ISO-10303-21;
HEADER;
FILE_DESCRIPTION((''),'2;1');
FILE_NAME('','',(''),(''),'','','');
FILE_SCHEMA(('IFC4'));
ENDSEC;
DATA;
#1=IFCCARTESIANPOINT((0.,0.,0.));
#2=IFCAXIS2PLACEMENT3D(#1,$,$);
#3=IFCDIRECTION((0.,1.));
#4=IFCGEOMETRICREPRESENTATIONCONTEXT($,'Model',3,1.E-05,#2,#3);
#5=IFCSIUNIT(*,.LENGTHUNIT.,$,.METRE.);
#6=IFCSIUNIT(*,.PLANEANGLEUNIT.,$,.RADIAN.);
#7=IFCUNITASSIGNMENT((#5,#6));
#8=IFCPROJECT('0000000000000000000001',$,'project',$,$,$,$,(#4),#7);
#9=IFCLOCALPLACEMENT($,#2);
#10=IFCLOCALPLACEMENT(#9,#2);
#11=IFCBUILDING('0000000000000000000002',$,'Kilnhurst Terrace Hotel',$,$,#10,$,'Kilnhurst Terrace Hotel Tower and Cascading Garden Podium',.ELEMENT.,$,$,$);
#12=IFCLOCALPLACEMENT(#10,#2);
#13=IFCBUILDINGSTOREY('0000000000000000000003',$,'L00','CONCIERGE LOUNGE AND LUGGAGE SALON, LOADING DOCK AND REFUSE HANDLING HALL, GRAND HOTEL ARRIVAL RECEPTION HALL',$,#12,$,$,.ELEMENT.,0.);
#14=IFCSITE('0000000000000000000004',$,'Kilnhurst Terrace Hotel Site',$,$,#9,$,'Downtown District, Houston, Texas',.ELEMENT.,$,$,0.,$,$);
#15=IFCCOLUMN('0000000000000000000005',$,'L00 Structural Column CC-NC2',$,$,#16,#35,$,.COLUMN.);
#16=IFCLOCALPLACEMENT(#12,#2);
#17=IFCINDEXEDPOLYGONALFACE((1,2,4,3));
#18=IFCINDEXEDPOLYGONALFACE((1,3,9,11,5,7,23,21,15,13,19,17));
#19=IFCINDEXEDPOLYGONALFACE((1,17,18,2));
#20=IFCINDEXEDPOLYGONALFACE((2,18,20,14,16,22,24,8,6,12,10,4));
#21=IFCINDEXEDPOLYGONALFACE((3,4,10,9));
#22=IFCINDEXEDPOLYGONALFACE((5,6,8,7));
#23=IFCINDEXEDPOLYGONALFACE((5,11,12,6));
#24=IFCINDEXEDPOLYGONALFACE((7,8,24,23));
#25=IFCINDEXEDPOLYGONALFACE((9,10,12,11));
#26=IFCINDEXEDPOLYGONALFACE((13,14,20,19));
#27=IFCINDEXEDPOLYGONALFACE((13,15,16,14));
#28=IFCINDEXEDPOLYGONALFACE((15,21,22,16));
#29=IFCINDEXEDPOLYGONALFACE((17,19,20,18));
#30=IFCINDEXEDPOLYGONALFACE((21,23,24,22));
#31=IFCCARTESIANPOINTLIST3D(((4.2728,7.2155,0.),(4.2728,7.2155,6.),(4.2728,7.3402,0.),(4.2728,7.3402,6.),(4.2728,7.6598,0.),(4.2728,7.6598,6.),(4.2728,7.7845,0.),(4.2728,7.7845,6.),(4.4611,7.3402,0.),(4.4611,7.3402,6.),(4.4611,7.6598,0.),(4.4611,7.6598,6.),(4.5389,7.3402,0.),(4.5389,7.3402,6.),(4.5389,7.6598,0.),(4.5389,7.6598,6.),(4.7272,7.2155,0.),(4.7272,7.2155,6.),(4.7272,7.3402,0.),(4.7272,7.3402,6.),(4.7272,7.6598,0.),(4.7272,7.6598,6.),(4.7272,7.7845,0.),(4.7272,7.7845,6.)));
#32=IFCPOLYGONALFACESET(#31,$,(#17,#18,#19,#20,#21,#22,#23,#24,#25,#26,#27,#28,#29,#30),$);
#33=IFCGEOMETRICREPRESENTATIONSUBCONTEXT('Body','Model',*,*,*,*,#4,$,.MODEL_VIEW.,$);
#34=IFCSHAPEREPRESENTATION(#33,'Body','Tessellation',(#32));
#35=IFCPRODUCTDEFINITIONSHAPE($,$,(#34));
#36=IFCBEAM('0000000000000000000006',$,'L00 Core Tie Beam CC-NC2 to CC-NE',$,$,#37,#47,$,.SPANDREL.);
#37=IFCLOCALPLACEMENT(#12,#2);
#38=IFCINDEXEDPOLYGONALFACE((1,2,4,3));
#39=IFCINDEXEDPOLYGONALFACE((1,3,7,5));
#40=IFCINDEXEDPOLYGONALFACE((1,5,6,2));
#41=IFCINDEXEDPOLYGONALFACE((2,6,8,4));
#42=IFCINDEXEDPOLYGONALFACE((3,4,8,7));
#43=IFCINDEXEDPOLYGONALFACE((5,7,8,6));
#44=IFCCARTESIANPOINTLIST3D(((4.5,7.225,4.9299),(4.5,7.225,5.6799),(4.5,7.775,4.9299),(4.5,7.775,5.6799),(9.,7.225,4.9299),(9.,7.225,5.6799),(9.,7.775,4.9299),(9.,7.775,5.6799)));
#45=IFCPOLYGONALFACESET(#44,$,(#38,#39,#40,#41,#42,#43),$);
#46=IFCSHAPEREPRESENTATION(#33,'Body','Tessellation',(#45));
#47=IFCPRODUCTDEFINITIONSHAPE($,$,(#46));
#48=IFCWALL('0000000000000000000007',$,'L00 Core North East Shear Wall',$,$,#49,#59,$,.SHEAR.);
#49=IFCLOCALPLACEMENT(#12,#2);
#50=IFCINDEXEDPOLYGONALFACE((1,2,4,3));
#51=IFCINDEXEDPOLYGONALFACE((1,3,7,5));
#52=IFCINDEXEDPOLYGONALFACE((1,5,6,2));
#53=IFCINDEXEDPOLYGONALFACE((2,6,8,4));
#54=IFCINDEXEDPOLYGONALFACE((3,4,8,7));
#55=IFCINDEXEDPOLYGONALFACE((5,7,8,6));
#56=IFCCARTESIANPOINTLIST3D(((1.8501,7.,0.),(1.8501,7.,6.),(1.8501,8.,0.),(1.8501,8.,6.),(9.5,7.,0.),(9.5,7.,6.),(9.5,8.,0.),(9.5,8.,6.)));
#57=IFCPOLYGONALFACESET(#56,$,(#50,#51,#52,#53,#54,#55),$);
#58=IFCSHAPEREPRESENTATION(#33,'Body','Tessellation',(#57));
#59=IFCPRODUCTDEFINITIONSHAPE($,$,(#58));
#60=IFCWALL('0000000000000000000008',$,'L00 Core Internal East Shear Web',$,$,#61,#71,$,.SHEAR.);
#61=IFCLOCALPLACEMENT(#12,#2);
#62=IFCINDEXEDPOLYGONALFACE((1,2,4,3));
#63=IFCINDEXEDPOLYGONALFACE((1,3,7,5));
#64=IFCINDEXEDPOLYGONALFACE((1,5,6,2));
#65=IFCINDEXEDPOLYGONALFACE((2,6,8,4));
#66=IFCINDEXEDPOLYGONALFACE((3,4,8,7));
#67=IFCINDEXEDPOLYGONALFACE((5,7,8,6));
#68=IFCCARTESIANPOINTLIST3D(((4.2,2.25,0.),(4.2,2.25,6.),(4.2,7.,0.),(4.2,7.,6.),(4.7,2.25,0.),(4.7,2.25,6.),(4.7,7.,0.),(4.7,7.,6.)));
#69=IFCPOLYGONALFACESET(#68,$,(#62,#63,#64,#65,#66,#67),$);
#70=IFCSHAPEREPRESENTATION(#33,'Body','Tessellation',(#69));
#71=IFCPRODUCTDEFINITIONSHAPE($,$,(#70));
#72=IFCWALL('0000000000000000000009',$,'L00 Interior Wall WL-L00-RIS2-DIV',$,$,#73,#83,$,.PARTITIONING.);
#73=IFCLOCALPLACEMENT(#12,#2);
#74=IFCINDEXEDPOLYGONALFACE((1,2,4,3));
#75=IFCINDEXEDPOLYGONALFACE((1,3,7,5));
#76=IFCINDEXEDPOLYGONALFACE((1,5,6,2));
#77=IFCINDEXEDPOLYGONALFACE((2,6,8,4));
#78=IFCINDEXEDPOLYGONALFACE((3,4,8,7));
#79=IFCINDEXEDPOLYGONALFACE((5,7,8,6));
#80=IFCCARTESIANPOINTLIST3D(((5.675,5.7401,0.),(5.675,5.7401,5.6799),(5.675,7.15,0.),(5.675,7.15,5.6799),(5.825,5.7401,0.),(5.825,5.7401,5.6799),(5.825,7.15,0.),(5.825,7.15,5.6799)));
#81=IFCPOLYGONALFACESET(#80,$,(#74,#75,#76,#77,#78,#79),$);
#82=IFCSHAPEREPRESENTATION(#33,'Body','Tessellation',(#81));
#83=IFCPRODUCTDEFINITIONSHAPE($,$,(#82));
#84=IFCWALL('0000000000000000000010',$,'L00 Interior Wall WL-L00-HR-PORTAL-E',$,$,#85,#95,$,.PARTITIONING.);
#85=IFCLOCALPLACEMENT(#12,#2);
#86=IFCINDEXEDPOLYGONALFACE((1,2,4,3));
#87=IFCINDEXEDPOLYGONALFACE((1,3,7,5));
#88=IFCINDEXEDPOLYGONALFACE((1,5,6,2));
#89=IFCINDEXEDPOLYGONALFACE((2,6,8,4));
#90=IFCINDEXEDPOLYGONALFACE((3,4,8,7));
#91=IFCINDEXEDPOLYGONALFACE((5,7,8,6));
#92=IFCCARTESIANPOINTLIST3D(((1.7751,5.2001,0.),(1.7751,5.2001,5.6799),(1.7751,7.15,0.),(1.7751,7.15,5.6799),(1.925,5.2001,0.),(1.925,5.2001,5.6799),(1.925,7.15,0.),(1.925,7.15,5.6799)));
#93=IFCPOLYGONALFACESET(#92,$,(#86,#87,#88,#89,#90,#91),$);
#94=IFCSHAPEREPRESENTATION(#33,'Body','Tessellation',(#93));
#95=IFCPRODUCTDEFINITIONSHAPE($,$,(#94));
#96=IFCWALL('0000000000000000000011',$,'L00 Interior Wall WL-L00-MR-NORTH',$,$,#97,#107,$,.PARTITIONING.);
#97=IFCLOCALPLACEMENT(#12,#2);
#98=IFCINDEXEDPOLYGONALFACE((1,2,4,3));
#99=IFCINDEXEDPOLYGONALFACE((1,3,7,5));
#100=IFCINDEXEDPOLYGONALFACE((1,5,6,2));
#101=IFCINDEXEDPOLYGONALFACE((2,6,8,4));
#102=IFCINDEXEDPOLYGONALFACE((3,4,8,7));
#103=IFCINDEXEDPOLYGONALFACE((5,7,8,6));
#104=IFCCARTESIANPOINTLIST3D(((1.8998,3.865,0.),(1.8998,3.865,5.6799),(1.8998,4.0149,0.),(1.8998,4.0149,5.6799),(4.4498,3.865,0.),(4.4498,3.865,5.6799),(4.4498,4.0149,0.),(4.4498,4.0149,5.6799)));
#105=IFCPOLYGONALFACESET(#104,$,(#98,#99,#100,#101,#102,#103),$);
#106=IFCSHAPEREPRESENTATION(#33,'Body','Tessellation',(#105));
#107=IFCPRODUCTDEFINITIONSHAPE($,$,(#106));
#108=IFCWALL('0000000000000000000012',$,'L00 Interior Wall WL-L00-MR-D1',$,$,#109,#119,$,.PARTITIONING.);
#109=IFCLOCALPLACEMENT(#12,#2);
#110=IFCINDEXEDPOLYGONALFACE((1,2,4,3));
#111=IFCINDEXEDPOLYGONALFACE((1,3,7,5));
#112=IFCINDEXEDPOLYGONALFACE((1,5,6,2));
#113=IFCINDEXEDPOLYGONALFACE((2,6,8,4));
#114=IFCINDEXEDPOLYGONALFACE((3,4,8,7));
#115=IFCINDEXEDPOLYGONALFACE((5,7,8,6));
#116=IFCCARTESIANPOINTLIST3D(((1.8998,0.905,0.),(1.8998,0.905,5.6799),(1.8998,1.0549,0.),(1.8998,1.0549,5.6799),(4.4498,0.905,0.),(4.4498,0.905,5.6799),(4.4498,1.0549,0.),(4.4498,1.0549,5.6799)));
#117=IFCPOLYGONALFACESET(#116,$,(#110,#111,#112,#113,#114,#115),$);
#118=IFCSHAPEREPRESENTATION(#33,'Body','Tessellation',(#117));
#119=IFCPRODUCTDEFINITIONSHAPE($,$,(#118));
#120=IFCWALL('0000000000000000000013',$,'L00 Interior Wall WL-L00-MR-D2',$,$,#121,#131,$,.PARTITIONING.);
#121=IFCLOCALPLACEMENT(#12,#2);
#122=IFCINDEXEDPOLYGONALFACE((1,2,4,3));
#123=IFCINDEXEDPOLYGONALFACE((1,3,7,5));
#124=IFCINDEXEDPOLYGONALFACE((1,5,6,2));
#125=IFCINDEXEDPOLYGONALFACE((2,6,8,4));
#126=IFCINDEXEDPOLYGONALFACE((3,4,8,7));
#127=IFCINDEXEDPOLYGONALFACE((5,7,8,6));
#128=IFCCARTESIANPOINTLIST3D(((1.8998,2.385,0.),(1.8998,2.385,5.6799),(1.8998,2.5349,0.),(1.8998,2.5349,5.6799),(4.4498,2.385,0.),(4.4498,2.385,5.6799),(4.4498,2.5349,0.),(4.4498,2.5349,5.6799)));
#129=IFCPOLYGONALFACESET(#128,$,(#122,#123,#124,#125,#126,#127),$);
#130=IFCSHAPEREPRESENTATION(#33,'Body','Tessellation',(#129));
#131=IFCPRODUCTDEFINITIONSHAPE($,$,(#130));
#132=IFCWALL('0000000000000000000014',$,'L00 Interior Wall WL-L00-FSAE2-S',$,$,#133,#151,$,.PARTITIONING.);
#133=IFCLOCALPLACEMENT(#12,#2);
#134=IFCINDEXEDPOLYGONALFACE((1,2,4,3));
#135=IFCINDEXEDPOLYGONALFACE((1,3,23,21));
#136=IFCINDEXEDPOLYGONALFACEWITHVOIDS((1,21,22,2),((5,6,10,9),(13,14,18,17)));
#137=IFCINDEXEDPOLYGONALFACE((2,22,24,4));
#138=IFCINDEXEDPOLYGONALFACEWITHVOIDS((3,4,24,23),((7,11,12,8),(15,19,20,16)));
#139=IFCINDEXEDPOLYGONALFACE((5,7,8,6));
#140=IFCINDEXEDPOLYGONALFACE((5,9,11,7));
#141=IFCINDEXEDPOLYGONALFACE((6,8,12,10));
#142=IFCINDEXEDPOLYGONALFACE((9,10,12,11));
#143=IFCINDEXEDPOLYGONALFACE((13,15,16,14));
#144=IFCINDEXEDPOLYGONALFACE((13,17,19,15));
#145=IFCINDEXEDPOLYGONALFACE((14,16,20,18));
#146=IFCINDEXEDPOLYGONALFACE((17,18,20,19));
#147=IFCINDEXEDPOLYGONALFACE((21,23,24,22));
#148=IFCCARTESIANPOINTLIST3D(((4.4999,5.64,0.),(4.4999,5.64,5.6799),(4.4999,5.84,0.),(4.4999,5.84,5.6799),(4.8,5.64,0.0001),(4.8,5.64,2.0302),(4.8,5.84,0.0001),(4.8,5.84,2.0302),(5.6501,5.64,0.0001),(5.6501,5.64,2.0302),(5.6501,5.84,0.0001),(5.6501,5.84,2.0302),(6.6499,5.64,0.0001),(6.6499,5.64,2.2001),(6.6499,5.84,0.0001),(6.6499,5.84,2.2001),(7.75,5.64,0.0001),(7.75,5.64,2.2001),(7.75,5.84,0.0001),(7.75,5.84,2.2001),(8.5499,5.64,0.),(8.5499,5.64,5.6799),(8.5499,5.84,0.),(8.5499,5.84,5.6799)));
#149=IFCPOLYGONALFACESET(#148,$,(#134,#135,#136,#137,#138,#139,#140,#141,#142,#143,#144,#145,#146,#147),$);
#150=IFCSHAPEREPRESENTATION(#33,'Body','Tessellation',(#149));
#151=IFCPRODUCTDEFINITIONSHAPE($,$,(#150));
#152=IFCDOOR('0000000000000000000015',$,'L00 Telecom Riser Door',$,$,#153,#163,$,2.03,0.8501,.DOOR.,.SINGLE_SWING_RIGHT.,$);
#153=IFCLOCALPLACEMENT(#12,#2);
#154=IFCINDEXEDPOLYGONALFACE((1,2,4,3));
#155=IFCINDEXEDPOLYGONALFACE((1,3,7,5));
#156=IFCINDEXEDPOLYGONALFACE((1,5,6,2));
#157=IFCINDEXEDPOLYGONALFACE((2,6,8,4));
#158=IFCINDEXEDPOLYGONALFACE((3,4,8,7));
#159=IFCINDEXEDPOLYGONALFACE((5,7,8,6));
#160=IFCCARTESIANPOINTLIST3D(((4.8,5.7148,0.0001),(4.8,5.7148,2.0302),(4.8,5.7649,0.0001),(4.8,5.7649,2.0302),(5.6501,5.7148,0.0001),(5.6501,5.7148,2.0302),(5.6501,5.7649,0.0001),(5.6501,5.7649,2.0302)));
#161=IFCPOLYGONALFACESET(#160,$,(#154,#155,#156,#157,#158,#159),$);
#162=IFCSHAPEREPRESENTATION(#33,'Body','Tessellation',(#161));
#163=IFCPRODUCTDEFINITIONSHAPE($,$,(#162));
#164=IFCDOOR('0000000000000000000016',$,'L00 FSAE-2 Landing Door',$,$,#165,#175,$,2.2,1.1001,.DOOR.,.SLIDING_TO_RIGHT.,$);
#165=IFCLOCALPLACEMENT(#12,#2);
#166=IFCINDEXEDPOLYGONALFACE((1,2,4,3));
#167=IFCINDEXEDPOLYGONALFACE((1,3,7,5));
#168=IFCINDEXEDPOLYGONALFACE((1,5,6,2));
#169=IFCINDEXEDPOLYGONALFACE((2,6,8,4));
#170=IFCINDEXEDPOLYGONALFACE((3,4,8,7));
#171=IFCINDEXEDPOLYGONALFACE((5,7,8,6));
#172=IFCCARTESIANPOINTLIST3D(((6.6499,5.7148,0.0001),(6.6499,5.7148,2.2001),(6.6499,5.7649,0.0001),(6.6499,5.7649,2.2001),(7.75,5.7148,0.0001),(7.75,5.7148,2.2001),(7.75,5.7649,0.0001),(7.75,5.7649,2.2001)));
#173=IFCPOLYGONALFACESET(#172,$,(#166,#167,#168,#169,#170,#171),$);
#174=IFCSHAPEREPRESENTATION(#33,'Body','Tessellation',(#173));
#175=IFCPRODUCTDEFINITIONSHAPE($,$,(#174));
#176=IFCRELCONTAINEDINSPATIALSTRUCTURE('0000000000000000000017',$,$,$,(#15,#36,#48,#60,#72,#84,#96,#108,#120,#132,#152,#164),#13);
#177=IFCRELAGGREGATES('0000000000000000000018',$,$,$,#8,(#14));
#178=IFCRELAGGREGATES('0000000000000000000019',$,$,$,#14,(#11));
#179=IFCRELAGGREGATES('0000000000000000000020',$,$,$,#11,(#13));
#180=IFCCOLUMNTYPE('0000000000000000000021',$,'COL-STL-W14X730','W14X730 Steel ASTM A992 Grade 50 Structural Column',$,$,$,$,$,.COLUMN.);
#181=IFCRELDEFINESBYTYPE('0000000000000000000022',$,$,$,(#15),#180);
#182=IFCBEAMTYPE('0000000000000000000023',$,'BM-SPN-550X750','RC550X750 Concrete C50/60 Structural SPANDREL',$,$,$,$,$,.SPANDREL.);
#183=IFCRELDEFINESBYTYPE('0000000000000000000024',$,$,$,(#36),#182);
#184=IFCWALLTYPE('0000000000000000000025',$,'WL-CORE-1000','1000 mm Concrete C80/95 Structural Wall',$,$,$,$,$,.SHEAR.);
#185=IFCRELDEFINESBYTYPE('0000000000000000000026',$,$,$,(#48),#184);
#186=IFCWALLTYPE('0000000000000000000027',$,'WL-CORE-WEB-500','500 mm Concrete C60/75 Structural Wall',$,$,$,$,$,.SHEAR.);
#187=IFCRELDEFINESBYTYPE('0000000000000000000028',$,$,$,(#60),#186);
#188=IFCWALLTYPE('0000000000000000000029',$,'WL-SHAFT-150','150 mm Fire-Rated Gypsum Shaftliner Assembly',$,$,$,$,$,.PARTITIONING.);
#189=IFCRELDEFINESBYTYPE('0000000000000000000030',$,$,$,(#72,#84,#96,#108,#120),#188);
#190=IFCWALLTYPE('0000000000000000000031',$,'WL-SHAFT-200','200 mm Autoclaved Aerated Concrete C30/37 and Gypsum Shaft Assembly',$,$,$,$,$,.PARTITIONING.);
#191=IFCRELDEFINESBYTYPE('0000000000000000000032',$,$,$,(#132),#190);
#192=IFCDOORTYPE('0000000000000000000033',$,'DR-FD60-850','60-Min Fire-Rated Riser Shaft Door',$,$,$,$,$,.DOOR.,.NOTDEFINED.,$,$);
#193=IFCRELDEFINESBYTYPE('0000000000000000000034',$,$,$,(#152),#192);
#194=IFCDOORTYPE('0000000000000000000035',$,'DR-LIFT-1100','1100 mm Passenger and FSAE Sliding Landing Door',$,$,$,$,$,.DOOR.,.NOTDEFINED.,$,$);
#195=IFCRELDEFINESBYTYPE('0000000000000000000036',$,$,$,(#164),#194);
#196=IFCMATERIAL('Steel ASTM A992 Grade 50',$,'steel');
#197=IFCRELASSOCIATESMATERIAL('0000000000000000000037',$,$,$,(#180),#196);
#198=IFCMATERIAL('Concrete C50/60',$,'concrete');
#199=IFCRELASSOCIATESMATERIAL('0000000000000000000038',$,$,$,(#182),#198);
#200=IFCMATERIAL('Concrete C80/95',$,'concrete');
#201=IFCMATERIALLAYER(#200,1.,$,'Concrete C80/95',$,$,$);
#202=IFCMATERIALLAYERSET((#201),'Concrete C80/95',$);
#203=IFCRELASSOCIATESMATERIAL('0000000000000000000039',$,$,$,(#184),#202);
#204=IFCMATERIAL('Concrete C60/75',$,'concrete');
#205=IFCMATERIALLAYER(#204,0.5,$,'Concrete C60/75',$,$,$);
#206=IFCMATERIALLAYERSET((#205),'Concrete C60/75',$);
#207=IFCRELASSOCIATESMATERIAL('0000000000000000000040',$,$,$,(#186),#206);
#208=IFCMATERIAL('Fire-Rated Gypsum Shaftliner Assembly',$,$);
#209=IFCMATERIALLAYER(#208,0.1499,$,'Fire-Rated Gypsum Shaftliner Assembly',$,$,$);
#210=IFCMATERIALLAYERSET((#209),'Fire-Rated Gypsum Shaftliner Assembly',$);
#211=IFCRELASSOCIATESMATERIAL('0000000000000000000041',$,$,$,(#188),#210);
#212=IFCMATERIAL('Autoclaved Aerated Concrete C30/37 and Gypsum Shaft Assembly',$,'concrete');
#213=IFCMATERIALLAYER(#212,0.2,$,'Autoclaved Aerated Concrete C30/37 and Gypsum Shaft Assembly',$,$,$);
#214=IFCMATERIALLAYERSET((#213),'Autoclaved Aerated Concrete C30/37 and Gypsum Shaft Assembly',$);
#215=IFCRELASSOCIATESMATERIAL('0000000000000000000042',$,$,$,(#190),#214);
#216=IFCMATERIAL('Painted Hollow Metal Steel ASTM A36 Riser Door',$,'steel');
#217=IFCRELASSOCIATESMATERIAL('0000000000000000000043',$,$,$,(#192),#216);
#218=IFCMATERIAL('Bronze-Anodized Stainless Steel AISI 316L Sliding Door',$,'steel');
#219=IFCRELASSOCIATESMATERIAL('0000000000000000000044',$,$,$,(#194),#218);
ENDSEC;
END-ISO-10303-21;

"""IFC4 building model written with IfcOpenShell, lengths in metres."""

from ifc_helpers import new_model, si_unit, direction, frame, frame_2d, origin, origin_2d, place, context, subcontext, project, spatial, rectangle, i_section, extrude, material, layer, layer_set, material_profile, profile_set, type_object, element, fill, save


model = new_model("IFC4")

# Units and contexts
model_context = context("Model", 3, precision=1e-05, world=origin(), true_north=direction((0.0, 1.0)))
body_context = subcontext(model_context, "Body", "Model", "MODEL_VIEW")
ifc_project = project(units=[si_unit("LENGTHUNIT", "METRE"), si_unit("PLANEANGLEUNIT", "RADIAN")], contexts=[model_context])

# Site, building, storey
site_placement = place(None, origin())
site = spatial("IfcSite", under=ifc_project, at=site_placement, Name="Kilnhurst Terrace Hotel Site", LongName="Downtown District, Houston, Texas", CompositionType="ELEMENT", RefElevation=0.0)
building_placement = place(site_placement, origin())
building = spatial("IfcBuilding", under=site, at=building_placement, Name="Kilnhurst Terrace Hotel", LongName="Kilnhurst Terrace Hotel Tower and Cascading Garden Podium", CompositionType="ELEMENT")
storey_placement = place(building_placement, origin())
storey = spatial("IfcBuildingStorey", under=building, at=storey_placement, Name="L00", Description="CONCIERGE LOUNGE AND LUGGAGE SALON, LOADING DOCK AND REFUSE HANDLING HALL, GRAND HOTEL ARRIVAL RECEPTION HALL", CompositionType="ELEMENT", Elevation=0.0)

# Column
ifc_material_1 = material(Name="Steel ASTM A992 Grade 50", Category="steel")
ifc_material_profile_1 = material_profile(ifc_material_1, i_section(OverallWidth=0.4543, OverallDepth=0.5691, WebThickness=0.0779, FlangeThickness=0.1248, at=origin_2d()), Name="W14X730")
ifc_profile_set_1 = profile_set([ifc_material_profile_1], Name="Steel ASTM A992 Grade 50")
column_type = type_object("IfcColumnType", Name="COL-STL-W14X730", Description="W14X730 Steel ASTM A992 Grade 50 Structural Column", PredefinedType="COLUMN", material=ifc_profile_set_1)
column_placement = place(storey_placement, frame((4.5, 7.5, 0.0), z_axis=(0.0, 0.0, 1.0), x_axis=(1.0, 0.0, 0.0)))
element("IfcColumn", 1, at=column_placement, inside=storey, type_object=column_type, Name="L00 Structural Column CC-NC2", PredefinedType="COLUMN", context=body_context, shape_type="SweptSolid", body=[
    extrude(i_section(OverallWidth=0.4543, OverallDepth=0.5691, WebThickness=0.0779, FlangeThickness=0.1248, at=origin_2d()), origin(), (0.0, 0.0, 1.0), 6.0),
])

# Beam
ifc_material_2 = material(Name="Concrete C50/60", Category="concrete")
ifc_material_profile_2 = material_profile(ifc_material_2, rectangle(XDim=0.55, YDim=0.75, at=origin_2d()), Name="RC550X750")
ifc_profile_set_2 = profile_set([ifc_material_profile_2], Name="Concrete C50/60")
beam_type = type_object("IfcBeamType", Name="BM-SPN-550X750", Description="RC550X750 Concrete C50/60 Structural SPANDREL", PredefinedType="SPANDREL", material=ifc_profile_set_2)
beam_placement = place(storey_placement, frame((4.5, 7.5, 5.3049), z_axis=(1.0, 0.0, 0.0), x_axis=(0.0, 1.0, 0.0)))
element("IfcBeam", 2, at=beam_placement, inside=storey, type_object=beam_type, Name="L00 Core Tie Beam CC-NC2 to CC-NE", PredefinedType="SPANDREL", context=body_context, shape_type="SweptSolid", body=[
    extrude(rectangle(XDim=0.55, YDim=0.75, at=origin_2d()), origin(), (0.0, 0.0, 1.0), 4.5),
])

# Walls
ifc_material_3 = material(Name="Concrete C80/95", Category="concrete")
ifc_layer_1 = layer(ifc_material_3, 1.0, Name="Concrete C80/95")
ifc_layer_set_1 = layer_set([ifc_layer_1], Name="Concrete C80/95")
wall_type_1 = type_object("IfcWallType", Name="WL-CORE-1000", Description="1000 mm Concrete C80/95 Structural Wall", PredefinedType="SHEAR", material=ifc_layer_set_1)
wall_1_placement = place(storey_placement, frame((1.8501, 7.5, 0.0), z_axis=(0.0, 0.0, 1.0), x_axis=(1.0, 0.0, 0.0)))
element("IfcWall", 3, at=wall_1_placement, inside=storey, type_object=wall_type_1, Name="L00 Core North East Shear Wall", PredefinedType="SHEAR", context=body_context, shape_type="SweptSolid", body=[
    extrude(rectangle(XDim=7.6499, YDim=1.0, at=frame_2d((3.825, 0.0))), origin(), (0.0, 0.0, 1.0), 6.0),
])
ifc_material_4 = material(Name="Concrete C60/75", Category="concrete")
ifc_layer_2 = layer(ifc_material_4, 0.5, Name="Concrete C60/75")
ifc_layer_set_2 = layer_set([ifc_layer_2], Name="Concrete C60/75")
wall_type_2 = type_object("IfcWallType", Name="WL-CORE-WEB-500", Description="500 mm Concrete C60/75 Structural Wall", PredefinedType="SHEAR", material=ifc_layer_set_2)
wall_2_placement = place(storey_placement, frame((4.45, 2.25, 0.0), z_axis=(0.0, 0.0, 1.0), x_axis=(0.0, 1.0, 0.0)))
element("IfcWall", 4, at=wall_2_placement, inside=storey, type_object=wall_type_2, Name="L00 Core Internal East Shear Web", PredefinedType="SHEAR", context=body_context, shape_type="SweptSolid", body=[
    extrude(rectangle(XDim=4.75, YDim=0.5, at=frame_2d((2.375, 0.0))), origin(), (0.0, 0.0, 1.0), 6.0),
])
ifc_material_5 = material(Name="Fire-Rated Gypsum Shaftliner Assembly")
ifc_layer_3 = layer(ifc_material_5, 0.1499, Name="Fire-Rated Gypsum Shaftliner Assembly")
ifc_layer_set_3 = layer_set([ifc_layer_3], Name="Fire-Rated Gypsum Shaftliner Assembly")
wall_type_3 = type_object("IfcWallType", Name="WL-SHAFT-150", Description="150 mm Fire-Rated Gypsum Shaftliner Assembly", PredefinedType="PARTITIONING", material=ifc_layer_set_3)
wall_3_placement = place(storey_placement, frame((5.75, 5.74, 0.0), z_axis=(0.0, 0.0, 1.0), x_axis=(0.0, 1.0, 0.0)))
element("IfcWall", 5, at=wall_3_placement, inside=storey, type_object=wall_type_3, Name="L00 Interior Wall WL-L00-RIS2-DIV", PredefinedType="PARTITIONING", context=body_context, shape_type="SweptSolid", body=[
    extrude(rectangle(XDim=1.4099, YDim=0.1499, at=frame_2d((0.7051, 0.0))), origin(), (0.0, 0.0, 1.0), 5.6799),
])
wall_4_placement = place(storey_placement, frame((1.8501, 5.2, 0.0), z_axis=(0.0, 0.0, 1.0), x_axis=(0.0, 1.0, 0.0)))
element("IfcWall", 6, at=wall_4_placement, inside=storey, type_object=wall_type_3, Name="L00 Interior Wall WL-L00-HR-PORTAL-E", PredefinedType="PARTITIONING", context=body_context, shape_type="SweptSolid", body=[
    extrude(rectangle(XDim=1.95, YDim=0.1499, at=frame_2d((0.9751, 0.0))), origin(), (0.0, 0.0, 1.0), 5.6799),
])
for number, where, z_axis, x_axis, name in (
    (7, (1.8999, 3.9399, 0.0), (0.0, 0.0, 1.0), (1.0, 0.0, 0.0), "L00 Interior Wall WL-L00-MR-NORTH"),
    (8, (1.8999, 0.98, 0.0), (0.0, 0.0, 1.0), (1.0, 0.0, 0.0), "L00 Interior Wall WL-L00-MR-D1"),
    (9, (1.8999, 2.46, 0.0), (0.0, 0.0, 1.0), (1.0, 0.0, 0.0), "L00 Interior Wall WL-L00-MR-D2"),
):
    element("IfcWall", number, at=place(storey_placement, frame(where, z_axis=z_axis, x_axis=x_axis)), inside=storey, type_object=wall_type_3, Name=name, PredefinedType="PARTITIONING", context=body_context, shape_type="SweptSolid", body=[
        extrude(rectangle(XDim=2.55, YDim=0.1499, at=frame_2d((1.2749, 0.0))), origin(), (0.0, 0.0, 1.0), 5.6799),
    ])

# Wall, openings, doors
ifc_material_6 = material(Name="Autoclaved Aerated Concrete C30/37 and Gypsum Shaft Assembly", Category="concrete")
ifc_layer_4 = layer(ifc_material_6, 0.2, Name="Autoclaved Aerated Concrete C30/37 and Gypsum Shaft Assembly")
ifc_layer_set_4 = layer_set([ifc_layer_4], Name="Autoclaved Aerated Concrete C30/37 and Gypsum Shaft Assembly")
wall_type_4 = type_object("IfcWallType", Name="WL-SHAFT-200", Description="200 mm Autoclaved Aerated Concrete C30/37 and Gypsum Shaft Assembly", PredefinedType="PARTITIONING", material=ifc_layer_set_4)
wall_5_placement = place(storey_placement, frame((4.5, 5.74, 0.0), z_axis=(0.0, 0.0, 1.0), x_axis=(1.0, 0.0, 0.0)))
wall_5 = element("IfcWall", 10, at=wall_5_placement, inside=storey, type_object=wall_type_4, Name="L00 Interior Wall WL-L00-FSAE2-S", PredefinedType="PARTITIONING", context=body_context, shape_type="SweptSolid", body=[
    extrude(rectangle(XDim=4.05, YDim=0.2, at=frame_2d((2.0249, 0.0))), origin(), (0.0, 0.0, 1.0), 5.6799),
])
opening_1_placement = place(wall_5_placement, frame((0.3, 0.0, 0.0)))
opening_1 = element("IfcOpeningElement", 11, at=opening_1_placement, cuts=wall_5, PredefinedType="OPENING", context=body_context, shape_type="SweptSolid", body=[
    extrude(rectangle(XDim=0.8501, YDim=2.03, at=frame_2d((0.425, 1.0151))), frame((0.0, 0.1099, 0.0), z_axis=(0.0, -1.0, 0.0), x_axis=(1.0, 0.0, 0.0)), (0.0, 0.0, 1.0), 0.22),
])
opening_2_placement = place(wall_5_placement, frame((2.1499, 0.0, 0.0)))
opening_2 = element("IfcOpeningElement", 12, at=opening_2_placement, cuts=wall_5, PredefinedType="OPENING", context=body_context, shape_type="SweptSolid", body=[
    extrude(rectangle(XDim=1.1001, YDim=2.2, at=frame_2d((0.55, 1.1001))), frame((0.0, 0.1099, 0.0), z_axis=(0.0, -1.0, 0.0), x_axis=(1.0, 0.0, 0.0)), (0.0, 0.0, 1.0), 0.22),
])
ifc_material_7 = material(Name="Painted Hollow Metal Steel ASTM A36 Riser Door", Category="steel")
door_type_1 = type_object("IfcDoorType", Name="DR-FD60-850", Description="60-Min Fire-Rated Riser Shaft Door", OperationType="NOTDEFINED", PredefinedType="DOOR", material=ifc_material_7)
door_1_placement = place(opening_1_placement, origin())
door_1 = element("IfcDoor", 13, at=door_1_placement, inside=storey, type_object=door_type_1, Name="L00 Telecom Riser Door", OperationType="SINGLE_SWING_RIGHT", OverallHeight=2.03, OverallWidth=0.8501, PredefinedType="DOOR", context=body_context, shape_type="SweptSolid", body=[
    extrude(rectangle(XDim=0.8501, YDim=2.03, at=frame_2d((0.425, 1.0151))), frame((0.0, 0.0249, 0.0), z_axis=(0.0, -1.0, 0.0), x_axis=(1.0, 0.0, 0.0)), (0.0, 0.0, 1.0), 0.05),
])
fill(opening_1, door_1)
ifc_material_8 = material(Name="Bronze-Anodized Stainless Steel AISI 316L Sliding Door", Category="steel")
door_type_2 = type_object("IfcDoorType", Name="DR-LIFT-1100", Description="1100 mm Passenger and FSAE Sliding Landing Door", OperationType="NOTDEFINED", PredefinedType="DOOR", material=ifc_material_8)
door_2_placement = place(opening_2_placement, origin())
door_2 = element("IfcDoor", 14, at=door_2_placement, inside=storey, type_object=door_type_2, Name="L00 FSAE-2 Landing Door", OperationType="SLIDING_TO_RIGHT", OverallHeight=2.2, OverallWidth=1.1001, PredefinedType="DOOR", context=body_context, shape_type="SweptSolid", body=[
    extrude(rectangle(XDim=1.1001, YDim=2.2, at=frame_2d((0.55, 1.1001))), frame((0.0, 0.0249, 0.0), z_axis=(0.0, -1.0, 0.0), x_axis=(1.0, 0.0, 0.0)), (0.0, 0.0, 1.0), 0.05),
])
fill(opening_2, door_2)

save(model, "model.ifc")
